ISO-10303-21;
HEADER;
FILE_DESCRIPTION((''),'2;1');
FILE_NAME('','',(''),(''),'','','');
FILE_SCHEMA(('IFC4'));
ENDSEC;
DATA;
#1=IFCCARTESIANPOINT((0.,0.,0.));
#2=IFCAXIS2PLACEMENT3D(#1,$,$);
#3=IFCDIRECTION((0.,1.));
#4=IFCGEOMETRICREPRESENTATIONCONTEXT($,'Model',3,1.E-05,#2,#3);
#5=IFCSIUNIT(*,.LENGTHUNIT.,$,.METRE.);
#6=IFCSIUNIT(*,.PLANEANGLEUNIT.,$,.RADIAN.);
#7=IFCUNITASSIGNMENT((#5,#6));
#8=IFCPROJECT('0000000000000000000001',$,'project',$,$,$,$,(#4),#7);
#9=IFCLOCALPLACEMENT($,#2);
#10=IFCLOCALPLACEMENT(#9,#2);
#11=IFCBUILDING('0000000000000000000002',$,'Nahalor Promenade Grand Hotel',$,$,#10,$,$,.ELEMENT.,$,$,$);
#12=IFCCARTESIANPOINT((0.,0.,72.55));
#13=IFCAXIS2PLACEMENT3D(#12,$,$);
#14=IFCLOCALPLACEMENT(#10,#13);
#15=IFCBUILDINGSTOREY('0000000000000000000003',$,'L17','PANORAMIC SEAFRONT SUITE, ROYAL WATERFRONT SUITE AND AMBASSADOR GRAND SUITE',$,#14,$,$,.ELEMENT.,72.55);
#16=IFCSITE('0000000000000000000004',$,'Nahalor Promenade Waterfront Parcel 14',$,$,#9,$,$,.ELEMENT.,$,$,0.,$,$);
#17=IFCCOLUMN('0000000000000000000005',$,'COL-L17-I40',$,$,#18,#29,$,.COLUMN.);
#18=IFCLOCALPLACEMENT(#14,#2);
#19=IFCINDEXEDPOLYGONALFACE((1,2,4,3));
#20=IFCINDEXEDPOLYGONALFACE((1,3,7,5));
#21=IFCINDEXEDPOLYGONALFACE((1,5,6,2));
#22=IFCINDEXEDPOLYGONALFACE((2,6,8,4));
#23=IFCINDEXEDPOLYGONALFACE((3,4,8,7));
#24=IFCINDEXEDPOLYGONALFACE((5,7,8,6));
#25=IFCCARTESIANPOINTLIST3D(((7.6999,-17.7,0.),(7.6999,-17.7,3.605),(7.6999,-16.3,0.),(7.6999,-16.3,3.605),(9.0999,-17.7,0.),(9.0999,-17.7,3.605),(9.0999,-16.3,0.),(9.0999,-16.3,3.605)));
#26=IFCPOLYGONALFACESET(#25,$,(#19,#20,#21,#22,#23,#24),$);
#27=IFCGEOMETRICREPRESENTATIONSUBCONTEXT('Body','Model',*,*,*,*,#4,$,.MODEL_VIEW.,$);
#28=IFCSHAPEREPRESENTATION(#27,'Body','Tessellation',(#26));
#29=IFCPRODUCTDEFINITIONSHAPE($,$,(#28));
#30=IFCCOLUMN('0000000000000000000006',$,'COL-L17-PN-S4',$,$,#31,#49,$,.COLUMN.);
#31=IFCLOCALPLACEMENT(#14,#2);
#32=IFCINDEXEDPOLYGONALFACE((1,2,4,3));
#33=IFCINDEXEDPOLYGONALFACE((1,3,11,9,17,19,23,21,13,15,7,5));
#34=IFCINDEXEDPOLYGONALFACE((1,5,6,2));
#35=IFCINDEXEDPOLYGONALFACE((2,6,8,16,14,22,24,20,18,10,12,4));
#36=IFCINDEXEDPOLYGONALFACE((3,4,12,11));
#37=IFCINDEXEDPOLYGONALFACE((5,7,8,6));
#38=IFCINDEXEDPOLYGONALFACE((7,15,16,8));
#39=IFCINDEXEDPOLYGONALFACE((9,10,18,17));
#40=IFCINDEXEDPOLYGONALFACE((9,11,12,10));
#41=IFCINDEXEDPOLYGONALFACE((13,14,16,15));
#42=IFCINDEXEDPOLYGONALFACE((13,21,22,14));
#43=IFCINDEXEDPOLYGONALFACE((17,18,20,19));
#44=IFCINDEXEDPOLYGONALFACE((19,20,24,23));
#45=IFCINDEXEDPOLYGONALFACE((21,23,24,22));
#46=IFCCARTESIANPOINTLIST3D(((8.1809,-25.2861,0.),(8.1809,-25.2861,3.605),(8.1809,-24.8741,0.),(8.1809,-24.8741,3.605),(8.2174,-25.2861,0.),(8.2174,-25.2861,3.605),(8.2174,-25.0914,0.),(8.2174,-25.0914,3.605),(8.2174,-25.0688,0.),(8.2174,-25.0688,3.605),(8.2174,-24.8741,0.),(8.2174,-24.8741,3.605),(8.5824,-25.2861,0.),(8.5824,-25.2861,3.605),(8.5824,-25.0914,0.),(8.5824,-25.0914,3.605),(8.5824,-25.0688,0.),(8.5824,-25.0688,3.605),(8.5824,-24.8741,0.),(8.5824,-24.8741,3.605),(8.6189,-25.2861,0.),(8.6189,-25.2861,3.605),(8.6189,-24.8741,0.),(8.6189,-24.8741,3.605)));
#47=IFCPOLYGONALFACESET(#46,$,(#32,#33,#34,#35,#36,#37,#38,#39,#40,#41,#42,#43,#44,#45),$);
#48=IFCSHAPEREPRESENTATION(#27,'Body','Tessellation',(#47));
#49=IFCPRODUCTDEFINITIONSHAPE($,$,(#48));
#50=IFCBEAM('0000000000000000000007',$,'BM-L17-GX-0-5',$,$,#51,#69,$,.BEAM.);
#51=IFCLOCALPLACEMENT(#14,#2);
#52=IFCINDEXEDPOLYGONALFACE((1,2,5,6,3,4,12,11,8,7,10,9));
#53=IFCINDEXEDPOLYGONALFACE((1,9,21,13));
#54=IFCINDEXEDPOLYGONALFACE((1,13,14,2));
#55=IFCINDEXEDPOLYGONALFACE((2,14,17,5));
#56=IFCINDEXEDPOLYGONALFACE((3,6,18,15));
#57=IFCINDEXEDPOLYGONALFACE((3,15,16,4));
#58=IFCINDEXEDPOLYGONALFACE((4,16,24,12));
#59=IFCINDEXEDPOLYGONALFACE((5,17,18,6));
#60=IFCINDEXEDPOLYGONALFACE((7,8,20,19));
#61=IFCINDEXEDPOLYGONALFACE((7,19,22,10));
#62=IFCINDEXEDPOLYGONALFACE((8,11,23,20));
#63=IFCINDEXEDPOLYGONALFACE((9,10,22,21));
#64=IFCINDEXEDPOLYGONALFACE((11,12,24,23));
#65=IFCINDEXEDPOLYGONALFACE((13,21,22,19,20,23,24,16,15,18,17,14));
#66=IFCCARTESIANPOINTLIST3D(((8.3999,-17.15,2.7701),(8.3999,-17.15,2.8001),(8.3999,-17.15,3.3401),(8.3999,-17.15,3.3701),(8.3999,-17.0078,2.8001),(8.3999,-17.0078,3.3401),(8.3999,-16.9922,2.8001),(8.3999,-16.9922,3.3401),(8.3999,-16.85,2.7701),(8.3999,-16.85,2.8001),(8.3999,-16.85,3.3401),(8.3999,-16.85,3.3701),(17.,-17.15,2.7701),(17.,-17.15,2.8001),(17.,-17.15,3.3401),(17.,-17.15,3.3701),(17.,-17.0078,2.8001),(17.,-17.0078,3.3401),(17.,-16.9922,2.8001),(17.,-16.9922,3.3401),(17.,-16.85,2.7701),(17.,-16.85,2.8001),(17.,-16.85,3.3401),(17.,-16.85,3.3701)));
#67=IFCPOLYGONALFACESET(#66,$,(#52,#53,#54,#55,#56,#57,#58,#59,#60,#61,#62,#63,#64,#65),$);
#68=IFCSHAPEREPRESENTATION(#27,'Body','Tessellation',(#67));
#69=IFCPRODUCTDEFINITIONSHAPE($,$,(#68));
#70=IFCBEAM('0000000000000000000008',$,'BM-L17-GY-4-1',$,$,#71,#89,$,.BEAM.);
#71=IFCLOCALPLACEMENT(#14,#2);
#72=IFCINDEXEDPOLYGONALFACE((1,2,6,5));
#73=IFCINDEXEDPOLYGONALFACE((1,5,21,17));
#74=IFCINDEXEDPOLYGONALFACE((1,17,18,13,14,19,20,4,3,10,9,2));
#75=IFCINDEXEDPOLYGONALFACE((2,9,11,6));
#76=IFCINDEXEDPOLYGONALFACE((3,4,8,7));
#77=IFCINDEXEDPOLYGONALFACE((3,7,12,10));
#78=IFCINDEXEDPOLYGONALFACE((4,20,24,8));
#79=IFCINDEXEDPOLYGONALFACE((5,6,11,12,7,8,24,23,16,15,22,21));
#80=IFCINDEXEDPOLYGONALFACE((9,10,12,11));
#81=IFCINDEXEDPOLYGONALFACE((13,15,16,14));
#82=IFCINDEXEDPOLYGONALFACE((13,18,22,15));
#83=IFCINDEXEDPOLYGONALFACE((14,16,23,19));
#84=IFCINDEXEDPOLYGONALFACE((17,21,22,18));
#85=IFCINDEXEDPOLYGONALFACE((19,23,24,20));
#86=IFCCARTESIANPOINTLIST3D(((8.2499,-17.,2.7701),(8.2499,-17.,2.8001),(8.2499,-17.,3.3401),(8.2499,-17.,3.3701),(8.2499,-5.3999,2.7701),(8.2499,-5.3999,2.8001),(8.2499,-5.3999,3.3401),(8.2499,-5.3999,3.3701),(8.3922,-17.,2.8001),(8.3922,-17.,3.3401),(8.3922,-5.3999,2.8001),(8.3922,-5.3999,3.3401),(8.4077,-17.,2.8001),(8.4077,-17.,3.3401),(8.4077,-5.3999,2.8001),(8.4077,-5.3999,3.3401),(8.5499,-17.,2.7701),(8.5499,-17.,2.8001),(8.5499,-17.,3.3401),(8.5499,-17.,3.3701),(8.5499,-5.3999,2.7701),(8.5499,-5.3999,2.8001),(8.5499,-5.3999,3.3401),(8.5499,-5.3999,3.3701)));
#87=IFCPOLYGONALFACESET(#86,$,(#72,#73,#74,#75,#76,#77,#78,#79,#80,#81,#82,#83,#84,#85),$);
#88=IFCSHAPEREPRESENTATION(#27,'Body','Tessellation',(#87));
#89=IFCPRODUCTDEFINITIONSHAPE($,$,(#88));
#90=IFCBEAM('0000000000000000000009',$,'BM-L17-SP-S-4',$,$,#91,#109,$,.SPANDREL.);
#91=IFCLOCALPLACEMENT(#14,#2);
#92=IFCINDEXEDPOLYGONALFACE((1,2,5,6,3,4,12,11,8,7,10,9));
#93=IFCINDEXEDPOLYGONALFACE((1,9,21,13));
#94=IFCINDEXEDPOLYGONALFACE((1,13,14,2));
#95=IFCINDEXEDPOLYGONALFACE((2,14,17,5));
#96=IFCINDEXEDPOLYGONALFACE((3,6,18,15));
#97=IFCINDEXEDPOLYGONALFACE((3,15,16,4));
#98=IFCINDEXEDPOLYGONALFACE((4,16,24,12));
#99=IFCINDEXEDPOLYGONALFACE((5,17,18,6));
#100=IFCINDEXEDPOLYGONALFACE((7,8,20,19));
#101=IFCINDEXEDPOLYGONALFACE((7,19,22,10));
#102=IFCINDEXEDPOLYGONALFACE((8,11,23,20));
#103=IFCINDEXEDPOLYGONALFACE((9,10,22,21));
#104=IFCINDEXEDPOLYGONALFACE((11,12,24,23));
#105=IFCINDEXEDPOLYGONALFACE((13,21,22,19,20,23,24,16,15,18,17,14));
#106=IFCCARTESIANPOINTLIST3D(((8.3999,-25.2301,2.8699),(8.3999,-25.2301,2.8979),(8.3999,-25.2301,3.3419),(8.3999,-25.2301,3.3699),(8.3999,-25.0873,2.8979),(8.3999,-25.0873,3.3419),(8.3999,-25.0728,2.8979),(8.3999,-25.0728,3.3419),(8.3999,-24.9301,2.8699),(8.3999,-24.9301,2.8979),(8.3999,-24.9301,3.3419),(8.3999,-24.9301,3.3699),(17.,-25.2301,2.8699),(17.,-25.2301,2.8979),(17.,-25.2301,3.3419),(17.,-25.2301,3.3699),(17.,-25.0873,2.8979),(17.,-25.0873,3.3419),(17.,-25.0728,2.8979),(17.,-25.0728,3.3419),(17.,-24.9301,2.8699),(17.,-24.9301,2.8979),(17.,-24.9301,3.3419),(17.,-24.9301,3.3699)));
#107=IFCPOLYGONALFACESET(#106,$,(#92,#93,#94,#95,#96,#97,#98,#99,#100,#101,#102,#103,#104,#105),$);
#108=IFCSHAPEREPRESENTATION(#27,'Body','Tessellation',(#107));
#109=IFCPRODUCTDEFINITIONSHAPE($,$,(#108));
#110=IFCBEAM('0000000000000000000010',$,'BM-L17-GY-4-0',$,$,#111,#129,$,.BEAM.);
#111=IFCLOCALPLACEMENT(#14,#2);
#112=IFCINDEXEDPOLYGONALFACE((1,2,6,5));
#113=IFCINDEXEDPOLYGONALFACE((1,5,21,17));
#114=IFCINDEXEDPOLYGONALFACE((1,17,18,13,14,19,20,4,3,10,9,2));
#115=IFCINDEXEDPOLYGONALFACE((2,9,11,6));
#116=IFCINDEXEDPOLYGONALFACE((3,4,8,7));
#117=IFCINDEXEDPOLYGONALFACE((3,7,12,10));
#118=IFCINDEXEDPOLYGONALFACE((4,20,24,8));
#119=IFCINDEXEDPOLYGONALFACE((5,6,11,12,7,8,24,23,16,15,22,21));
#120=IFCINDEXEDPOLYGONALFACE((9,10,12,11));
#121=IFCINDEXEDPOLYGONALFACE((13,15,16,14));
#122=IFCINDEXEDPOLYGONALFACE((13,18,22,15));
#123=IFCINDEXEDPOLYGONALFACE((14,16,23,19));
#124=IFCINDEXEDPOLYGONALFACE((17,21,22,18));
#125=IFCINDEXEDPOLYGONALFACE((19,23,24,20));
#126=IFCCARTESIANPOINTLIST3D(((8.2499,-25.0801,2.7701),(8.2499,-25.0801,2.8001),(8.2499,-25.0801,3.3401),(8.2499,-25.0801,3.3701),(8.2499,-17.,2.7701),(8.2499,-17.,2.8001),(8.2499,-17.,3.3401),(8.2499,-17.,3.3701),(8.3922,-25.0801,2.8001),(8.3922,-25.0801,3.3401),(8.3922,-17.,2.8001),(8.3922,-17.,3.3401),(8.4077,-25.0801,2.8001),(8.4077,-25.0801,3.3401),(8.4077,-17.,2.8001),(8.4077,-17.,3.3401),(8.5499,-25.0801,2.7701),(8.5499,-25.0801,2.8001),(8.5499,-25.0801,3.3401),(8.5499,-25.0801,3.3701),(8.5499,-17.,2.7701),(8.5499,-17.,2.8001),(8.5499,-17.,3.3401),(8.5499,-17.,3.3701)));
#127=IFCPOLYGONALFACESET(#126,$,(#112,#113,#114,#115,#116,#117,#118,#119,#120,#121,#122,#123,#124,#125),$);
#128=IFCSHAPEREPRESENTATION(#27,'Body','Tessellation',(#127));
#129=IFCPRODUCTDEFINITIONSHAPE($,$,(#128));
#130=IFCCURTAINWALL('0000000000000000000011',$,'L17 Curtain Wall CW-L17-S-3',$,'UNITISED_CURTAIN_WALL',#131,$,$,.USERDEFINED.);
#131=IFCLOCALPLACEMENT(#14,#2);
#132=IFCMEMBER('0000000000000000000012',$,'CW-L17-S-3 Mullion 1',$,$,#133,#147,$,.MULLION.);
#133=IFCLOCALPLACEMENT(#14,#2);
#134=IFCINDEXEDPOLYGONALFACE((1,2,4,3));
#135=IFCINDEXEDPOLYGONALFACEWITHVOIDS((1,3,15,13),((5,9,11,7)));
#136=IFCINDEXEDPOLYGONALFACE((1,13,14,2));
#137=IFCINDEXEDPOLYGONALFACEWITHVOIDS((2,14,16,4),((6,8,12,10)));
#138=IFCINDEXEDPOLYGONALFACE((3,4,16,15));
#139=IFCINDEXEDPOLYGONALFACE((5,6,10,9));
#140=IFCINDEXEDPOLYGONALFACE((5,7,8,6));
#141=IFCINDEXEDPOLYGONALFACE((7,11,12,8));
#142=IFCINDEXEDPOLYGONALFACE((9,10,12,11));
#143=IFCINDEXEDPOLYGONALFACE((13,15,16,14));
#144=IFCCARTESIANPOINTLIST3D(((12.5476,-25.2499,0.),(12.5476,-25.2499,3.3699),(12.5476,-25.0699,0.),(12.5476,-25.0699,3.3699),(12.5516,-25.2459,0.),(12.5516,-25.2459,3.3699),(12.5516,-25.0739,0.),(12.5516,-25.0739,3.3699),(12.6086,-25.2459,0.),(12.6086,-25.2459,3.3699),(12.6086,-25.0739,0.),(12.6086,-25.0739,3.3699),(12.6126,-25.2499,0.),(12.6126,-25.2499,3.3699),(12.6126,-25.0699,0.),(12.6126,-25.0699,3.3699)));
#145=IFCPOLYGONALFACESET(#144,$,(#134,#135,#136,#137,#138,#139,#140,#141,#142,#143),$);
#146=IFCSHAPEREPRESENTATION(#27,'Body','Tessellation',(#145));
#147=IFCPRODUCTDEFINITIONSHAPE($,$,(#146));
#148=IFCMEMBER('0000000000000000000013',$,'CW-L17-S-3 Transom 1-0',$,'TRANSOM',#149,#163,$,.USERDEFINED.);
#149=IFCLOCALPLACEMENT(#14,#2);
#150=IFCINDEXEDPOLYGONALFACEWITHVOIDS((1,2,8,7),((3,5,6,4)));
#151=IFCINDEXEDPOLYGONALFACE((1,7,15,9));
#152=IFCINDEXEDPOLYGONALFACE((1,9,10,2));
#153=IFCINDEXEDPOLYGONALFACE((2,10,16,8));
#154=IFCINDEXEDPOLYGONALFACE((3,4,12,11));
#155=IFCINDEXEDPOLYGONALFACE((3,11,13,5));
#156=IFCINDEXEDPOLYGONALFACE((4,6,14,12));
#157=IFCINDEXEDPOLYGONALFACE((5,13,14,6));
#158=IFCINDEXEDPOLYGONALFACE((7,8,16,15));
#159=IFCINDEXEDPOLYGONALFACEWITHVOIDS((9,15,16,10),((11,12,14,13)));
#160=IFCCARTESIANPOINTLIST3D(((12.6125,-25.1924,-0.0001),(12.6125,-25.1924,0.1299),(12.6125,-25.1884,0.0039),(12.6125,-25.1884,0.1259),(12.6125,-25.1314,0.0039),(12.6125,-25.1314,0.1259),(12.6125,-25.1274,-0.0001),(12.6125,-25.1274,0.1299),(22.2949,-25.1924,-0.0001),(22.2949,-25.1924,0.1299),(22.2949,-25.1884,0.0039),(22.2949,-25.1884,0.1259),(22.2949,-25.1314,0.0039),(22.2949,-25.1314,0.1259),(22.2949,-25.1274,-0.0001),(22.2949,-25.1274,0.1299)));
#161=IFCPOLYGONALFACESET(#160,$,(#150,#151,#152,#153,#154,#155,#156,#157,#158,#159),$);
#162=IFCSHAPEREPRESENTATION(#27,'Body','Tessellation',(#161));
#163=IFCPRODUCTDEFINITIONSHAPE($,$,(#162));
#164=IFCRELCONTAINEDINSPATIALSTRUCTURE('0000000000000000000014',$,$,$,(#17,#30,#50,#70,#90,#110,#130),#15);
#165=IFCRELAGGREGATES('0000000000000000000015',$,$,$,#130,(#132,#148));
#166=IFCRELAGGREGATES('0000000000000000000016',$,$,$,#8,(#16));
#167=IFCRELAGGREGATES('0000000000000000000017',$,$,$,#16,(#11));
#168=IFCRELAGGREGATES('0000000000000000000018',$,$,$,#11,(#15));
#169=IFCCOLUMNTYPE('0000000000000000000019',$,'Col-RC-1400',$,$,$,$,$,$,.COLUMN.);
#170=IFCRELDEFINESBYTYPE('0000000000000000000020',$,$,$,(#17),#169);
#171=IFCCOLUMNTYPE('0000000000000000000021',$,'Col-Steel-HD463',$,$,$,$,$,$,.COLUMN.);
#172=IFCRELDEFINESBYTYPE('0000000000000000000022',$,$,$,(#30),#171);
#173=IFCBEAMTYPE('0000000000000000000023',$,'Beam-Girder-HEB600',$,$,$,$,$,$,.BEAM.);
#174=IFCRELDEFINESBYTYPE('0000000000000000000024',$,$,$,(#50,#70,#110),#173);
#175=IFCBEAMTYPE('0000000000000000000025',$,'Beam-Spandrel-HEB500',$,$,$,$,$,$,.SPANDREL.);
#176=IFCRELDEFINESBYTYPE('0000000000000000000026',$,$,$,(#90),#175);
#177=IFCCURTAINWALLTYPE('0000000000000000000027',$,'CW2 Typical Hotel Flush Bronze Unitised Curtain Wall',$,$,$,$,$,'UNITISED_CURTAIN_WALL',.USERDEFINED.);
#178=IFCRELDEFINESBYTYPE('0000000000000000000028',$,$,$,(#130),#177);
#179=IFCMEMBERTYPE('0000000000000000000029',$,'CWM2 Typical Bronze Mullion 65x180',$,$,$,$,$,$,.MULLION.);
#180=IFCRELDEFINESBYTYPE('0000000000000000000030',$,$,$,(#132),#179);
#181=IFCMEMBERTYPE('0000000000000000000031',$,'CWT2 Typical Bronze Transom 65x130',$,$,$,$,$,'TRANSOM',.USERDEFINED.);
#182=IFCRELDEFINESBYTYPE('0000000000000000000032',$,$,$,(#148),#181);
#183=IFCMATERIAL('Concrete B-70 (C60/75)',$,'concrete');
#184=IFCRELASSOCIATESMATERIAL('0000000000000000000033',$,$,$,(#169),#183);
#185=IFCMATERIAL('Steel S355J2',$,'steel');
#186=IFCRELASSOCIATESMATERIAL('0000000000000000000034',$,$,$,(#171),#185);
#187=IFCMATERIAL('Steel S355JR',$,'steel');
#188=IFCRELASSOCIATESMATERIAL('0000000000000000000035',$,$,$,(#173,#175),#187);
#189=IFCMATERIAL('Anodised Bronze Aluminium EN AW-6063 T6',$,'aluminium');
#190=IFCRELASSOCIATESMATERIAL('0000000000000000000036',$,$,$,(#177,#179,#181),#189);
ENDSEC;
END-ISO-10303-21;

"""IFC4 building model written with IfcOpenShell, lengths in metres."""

from ifc_helpers import new_model, si_unit, direction, frame, origin, origin_2d, place, context, subcontext, project, spatial, rectangle, hollow_rectangle, i_section, extrude, source, transform, mapped, material, material_profile, profile_set, type_object, element, aggregate, save


model = new_model("IFC4")

# Units and contexts
model_context = context("Model", 3, precision=1e-05, world=origin(), true_north=direction((0.0, 1.0)))
body_context = subcontext(model_context, "Body", "Model", "MODEL_VIEW")
ifc_project = project(units=[si_unit("LENGTHUNIT", "METRE"), si_unit("PLANEANGLEUNIT", "RADIAN")], contexts=[model_context])

# Site, building, storey
site_placement = place(None, origin())
site = spatial("IfcSite", under=ifc_project, at=site_placement, Name="Nahalor Promenade Waterfront Parcel 14", CompositionType="ELEMENT", RefElevation=0.0)
building_placement = place(site_placement, origin())
building = spatial("IfcBuilding", under=site, at=building_placement, Name="Nahalor Promenade Grand Hotel", CompositionType="ELEMENT")
storey_placement = place(building_placement, frame((0.0, 0.0, 72.55)))
storey = spatial("IfcBuildingStorey", under=building, at=storey_placement, Name="L17", Description="PANORAMIC SEAFRONT SUITE, ROYAL WATERFRONT SUITE AND AMBASSADOR GRAND SUITE", CompositionType="ELEMENT", Elevation=72.55)

# Columns
ifc_material_1 = material(Name="Concrete B-70 (C60/75)", Category="concrete")
ifc_material_profile_1 = material_profile(ifc_material_1, rectangle(XDim=1.4, YDim=1.4, at=origin_2d()), Name="RC 1400x1400")
ifc_profile_set_1 = profile_set([ifc_material_profile_1], Name="Concrete B-70 (C60/75)")
column_type_1 = type_object("IfcColumnType", Name="Col-RC-1400", PredefinedType="COLUMN", material=ifc_profile_set_1)
shared_shape_1 = source(origin(), body_context, "Body", "SweptSolid", [
    extrude(rectangle(XDim=1.4, YDim=1.4, at=origin_2d()), origin(), (0.0, 0.0, 1.0), 3.605),
])
column_1_placement = place(storey_placement, frame((8.3999, -17.0, 0.0), z_axis=(0.0, 0.0, 1.0), x_axis=(1.0, 0.0, 0.0)))
element("IfcColumn", 1, at=column_1_placement, inside=storey, type_object=column_type_1, Name="COL-L17-I40", PredefinedType="COLUMN", context=body_context, shape_type="MappedRepresentation", body=[
    mapped(shared_shape_1, transform((0.0, 0.0, 0.0), scale=1.0)),
])
ifc_material_2 = material(Name="Steel S355J2", Category="steel")
ifc_material_profile_2 = material_profile(ifc_material_2, i_section(OverallWidth=0.412, OverallDepth=0.438, WebThickness=0.0226, FlangeThickness=0.0365, at=origin_2d()), Name="HD 400x463")
ifc_profile_set_2 = profile_set([ifc_material_profile_2], Name="Steel S355J2")
column_type_2 = type_object("IfcColumnType", Name="Col-Steel-HD463", PredefinedType="COLUMN", material=ifc_profile_set_2)
shared_shape_2 = source(origin(), body_context, "Body", "SweptSolid", [
    extrude(i_section(OverallWidth=0.412, OverallDepth=0.438, WebThickness=0.0226, FlangeThickness=0.0365, at=origin_2d()), origin(), (0.0, 0.0, 1.0), 3.605),
])
column_2_placement = place(storey_placement, frame((8.3999, -25.0801, 0.0), z_axis=(0.0, 0.0, 1.0), x_axis=(0.0, 1.0, 0.0)))
element("IfcColumn", 2, at=column_2_placement, inside=storey, type_object=column_type_2, Name="COL-L17-PN-S4", PredefinedType="COLUMN", context=body_context, shape_type="MappedRepresentation", body=[
    mapped(shared_shape_2, transform((0.0, 0.0, 0.0), scale=1.0)),
])

# Beams
ifc_material_3 = material(Name="Steel S355JR", Category="steel")
ifc_material_profile_3 = material_profile(ifc_material_3, i_section(OverallWidth=0.3, OverallDepth=0.6, WebThickness=0.0155, FlangeThickness=0.03, at=origin_2d()), Name="HEB 600")
ifc_profile_set_3 = profile_set([ifc_material_profile_3], Name="Steel S355JR")
beam_type_1 = type_object("IfcBeamType", Name="Beam-Girder-HEB600", PredefinedType="BEAM", material=ifc_profile_set_3)
shared_shape_3 = source(origin(), body_context, "Body", "SweptSolid", [
    extrude(i_section(OverallWidth=0.3, OverallDepth=0.6, WebThickness=0.0155, FlangeThickness=0.03, at=origin_2d()), origin(), (0.0, 0.0, 1.0), 8.6001),
])
beam_1_placement = place(storey_placement, frame((8.3999, -17.0, 3.0701), z_axis=(1.0, 0.0, 0.0), x_axis=(0.0, 1.0, 0.0)))
element("IfcBeam", 3, at=beam_1_placement, inside=storey, type_object=beam_type_1, Name="BM-L17-GX-0-5", PredefinedType="BEAM", context=body_context, shape_type="MappedRepresentation", body=[
    mapped(shared_shape_3, transform((0.0, 0.0, 0.0), scale=1.0)),
])
shared_shape_4 = source(origin(), body_context, "Body", "SweptSolid", [
    extrude(i_section(OverallWidth=0.3, OverallDepth=0.6, WebThickness=0.0155, FlangeThickness=0.03, at=origin_2d()), origin(), (0.0, 0.0, 1.0), 11.6001),
])
beam_2_placement = place(storey_placement, frame((8.3999, -17.0, 3.0701), z_axis=(0.0, 1.0, 0.0), x_axis=(-1.0, 0.0, 0.0)))
element("IfcBeam", 4, at=beam_2_placement, inside=storey, type_object=beam_type_1, Name="BM-L17-GY-4-1", PredefinedType="BEAM", context=body_context, shape_type="MappedRepresentation", body=[
    mapped(shared_shape_4, transform((0.0, 0.0, 0.0), scale=1.0)),
])
ifc_material_profile_4 = material_profile(ifc_material_3, i_section(OverallWidth=0.3, OverallDepth=0.5, WebThickness=0.0145, FlangeThickness=0.028, at=origin_2d()), Name="HEB 500")
ifc_profile_set_4 = profile_set([ifc_material_profile_4], Name="Steel S355JR")
beam_type_2 = type_object("IfcBeamType", Name="Beam-Spandrel-HEB500", PredefinedType="SPANDREL", material=ifc_profile_set_4)
shared_shape_5 = source(origin(), body_context, "Body", "SweptSolid", [
    extrude(i_section(OverallWidth=0.3, OverallDepth=0.5, WebThickness=0.0145, FlangeThickness=0.028, at=origin_2d()), origin(), (0.0, 0.0, 1.0), 8.6001),
])
beam_3_placement = place(storey_placement, frame((8.3999, -25.0801, 3.1199), z_axis=(1.0, 0.0, 0.0), x_axis=(0.0, 1.0, 0.0)))
element("IfcBeam", 5, at=beam_3_placement, inside=storey, type_object=beam_type_2, Name="BM-L17-SP-S-4", PredefinedType="SPANDREL", context=body_context, shape_type="MappedRepresentation", body=[
    mapped(shared_shape_5, transform((0.0, 0.0, 0.0), scale=1.0)),
])
shared_shape_6 = source(origin(), body_context, "Body", "SweptSolid", [
    extrude(i_section(OverallWidth=0.3, OverallDepth=0.6, WebThickness=0.0155, FlangeThickness=0.03, at=origin_2d()), origin(), (0.0, 0.0, 1.0), 8.0801),
])
beam_4_placement = place(storey_placement, frame((8.3999, -25.0801, 3.0701), z_axis=(0.0, 1.0, 0.0), x_axis=(-1.0, 0.0, 0.0)))
element("IfcBeam", 6, at=beam_4_placement, inside=storey, type_object=beam_type_1, Name="BM-L17-GY-4-0", PredefinedType="BEAM", context=body_context, shape_type="MappedRepresentation", body=[
    mapped(shared_shape_6, transform((0.0, 0.0, 0.0), scale=1.0)),
])

# Curtain wall, members
ifc_material_4 = material(Name="Anodised Bronze Aluminium EN AW-6063 T6", Category="aluminium")
curtain_wall_type = type_object("IfcCurtainWallType", Name="CW2 Typical Hotel Flush Bronze Unitised Curtain Wall", ElementType="UNITISED_CURTAIN_WALL", PredefinedType="USERDEFINED", material=ifc_material_4)
curtain_wall_placement = place(storey_placement, origin())
curtain_wall = element("IfcCurtainWall", 7, at=curtain_wall_placement, inside=storey, type_object=curtain_wall_type, Name="L17 Curtain Wall CW-L17-S-3", ObjectType="UNITISED_CURTAIN_WALL", PredefinedType="USERDEFINED")
ifc_material_profile_5 = material_profile(ifc_material_4, hollow_rectangle(XDim=0.065, YDim=0.18, WallThickness=0.004, at=origin_2d()), Name="CWM 65x180x4")
ifc_profile_set_5 = profile_set([ifc_material_profile_5], Name="Anodised Bronze Aluminium EN AW-6063 T6")
member_type_1 = type_object("IfcMemberType", Name="CWM2 Typical Bronze Mullion 65x180", PredefinedType="MULLION", material=ifc_profile_set_5)
shared_shape_7 = source(origin(), body_context, "Body", "SweptSolid", [
    extrude(hollow_rectangle(XDim=0.065, YDim=0.18, WallThickness=0.004, at=origin_2d()), origin(), (0.0, 0.0, 1.0), 3.3699),
])
member_1_placement = place(storey_placement, frame((12.5801, -25.1599, 0.0), z_axis=(0.0, 0.0, 1.0), x_axis=(1.0, 0.0, 0.0)))
member_1 = element("IfcMember", 8, at=member_1_placement, type_object=member_type_1, Name="CW-L17-S-3 Mullion 1", PredefinedType="MULLION", context=body_context, shape_type="MappedRepresentation", body=[
    mapped(shared_shape_7, transform((0.0, 0.0, 0.0), scale=1.0)),
])
ifc_material_profile_6 = material_profile(ifc_material_4, hollow_rectangle(XDim=0.065, YDim=0.13, WallThickness=0.004, at=origin_2d()), Name="CWT 65x130x4")
ifc_profile_set_6 = profile_set([ifc_material_profile_6], Name="Anodised Bronze Aluminium EN AW-6063 T6")
member_type_2 = type_object("IfcMemberType", Name="CWT2 Typical Bronze Transom 65x130", ElementType="TRANSOM", PredefinedType="USERDEFINED", material=ifc_profile_set_6)
shared_shape_8 = source(origin(), body_context, "Body", "SweptSolid", [
    extrude(hollow_rectangle(XDim=0.065, YDim=0.13, WallThickness=0.004, at=origin_2d()), origin(), (0.0, 0.0, 1.0), 9.6824),
])
member_2_placement = place(storey_placement, frame((12.6125, -25.1599, 0.0649), z_axis=(1.0, 0.0, 0.0), x_axis=(0.0, 1.0, 0.0)))
member_2 = element("IfcMember", 9, at=member_2_placement, type_object=member_type_2, Name="CW-L17-S-3 Transom 1-0", ObjectType="TRANSOM", PredefinedType="USERDEFINED", context=body_context, shape_type="MappedRepresentation", body=[
    mapped(shared_shape_8, transform((0.0, 0.0, 0.0), scale=1.0)),
])
aggregate(curtain_wall, [member_1, member_2])

save(model, "model.ifc")
